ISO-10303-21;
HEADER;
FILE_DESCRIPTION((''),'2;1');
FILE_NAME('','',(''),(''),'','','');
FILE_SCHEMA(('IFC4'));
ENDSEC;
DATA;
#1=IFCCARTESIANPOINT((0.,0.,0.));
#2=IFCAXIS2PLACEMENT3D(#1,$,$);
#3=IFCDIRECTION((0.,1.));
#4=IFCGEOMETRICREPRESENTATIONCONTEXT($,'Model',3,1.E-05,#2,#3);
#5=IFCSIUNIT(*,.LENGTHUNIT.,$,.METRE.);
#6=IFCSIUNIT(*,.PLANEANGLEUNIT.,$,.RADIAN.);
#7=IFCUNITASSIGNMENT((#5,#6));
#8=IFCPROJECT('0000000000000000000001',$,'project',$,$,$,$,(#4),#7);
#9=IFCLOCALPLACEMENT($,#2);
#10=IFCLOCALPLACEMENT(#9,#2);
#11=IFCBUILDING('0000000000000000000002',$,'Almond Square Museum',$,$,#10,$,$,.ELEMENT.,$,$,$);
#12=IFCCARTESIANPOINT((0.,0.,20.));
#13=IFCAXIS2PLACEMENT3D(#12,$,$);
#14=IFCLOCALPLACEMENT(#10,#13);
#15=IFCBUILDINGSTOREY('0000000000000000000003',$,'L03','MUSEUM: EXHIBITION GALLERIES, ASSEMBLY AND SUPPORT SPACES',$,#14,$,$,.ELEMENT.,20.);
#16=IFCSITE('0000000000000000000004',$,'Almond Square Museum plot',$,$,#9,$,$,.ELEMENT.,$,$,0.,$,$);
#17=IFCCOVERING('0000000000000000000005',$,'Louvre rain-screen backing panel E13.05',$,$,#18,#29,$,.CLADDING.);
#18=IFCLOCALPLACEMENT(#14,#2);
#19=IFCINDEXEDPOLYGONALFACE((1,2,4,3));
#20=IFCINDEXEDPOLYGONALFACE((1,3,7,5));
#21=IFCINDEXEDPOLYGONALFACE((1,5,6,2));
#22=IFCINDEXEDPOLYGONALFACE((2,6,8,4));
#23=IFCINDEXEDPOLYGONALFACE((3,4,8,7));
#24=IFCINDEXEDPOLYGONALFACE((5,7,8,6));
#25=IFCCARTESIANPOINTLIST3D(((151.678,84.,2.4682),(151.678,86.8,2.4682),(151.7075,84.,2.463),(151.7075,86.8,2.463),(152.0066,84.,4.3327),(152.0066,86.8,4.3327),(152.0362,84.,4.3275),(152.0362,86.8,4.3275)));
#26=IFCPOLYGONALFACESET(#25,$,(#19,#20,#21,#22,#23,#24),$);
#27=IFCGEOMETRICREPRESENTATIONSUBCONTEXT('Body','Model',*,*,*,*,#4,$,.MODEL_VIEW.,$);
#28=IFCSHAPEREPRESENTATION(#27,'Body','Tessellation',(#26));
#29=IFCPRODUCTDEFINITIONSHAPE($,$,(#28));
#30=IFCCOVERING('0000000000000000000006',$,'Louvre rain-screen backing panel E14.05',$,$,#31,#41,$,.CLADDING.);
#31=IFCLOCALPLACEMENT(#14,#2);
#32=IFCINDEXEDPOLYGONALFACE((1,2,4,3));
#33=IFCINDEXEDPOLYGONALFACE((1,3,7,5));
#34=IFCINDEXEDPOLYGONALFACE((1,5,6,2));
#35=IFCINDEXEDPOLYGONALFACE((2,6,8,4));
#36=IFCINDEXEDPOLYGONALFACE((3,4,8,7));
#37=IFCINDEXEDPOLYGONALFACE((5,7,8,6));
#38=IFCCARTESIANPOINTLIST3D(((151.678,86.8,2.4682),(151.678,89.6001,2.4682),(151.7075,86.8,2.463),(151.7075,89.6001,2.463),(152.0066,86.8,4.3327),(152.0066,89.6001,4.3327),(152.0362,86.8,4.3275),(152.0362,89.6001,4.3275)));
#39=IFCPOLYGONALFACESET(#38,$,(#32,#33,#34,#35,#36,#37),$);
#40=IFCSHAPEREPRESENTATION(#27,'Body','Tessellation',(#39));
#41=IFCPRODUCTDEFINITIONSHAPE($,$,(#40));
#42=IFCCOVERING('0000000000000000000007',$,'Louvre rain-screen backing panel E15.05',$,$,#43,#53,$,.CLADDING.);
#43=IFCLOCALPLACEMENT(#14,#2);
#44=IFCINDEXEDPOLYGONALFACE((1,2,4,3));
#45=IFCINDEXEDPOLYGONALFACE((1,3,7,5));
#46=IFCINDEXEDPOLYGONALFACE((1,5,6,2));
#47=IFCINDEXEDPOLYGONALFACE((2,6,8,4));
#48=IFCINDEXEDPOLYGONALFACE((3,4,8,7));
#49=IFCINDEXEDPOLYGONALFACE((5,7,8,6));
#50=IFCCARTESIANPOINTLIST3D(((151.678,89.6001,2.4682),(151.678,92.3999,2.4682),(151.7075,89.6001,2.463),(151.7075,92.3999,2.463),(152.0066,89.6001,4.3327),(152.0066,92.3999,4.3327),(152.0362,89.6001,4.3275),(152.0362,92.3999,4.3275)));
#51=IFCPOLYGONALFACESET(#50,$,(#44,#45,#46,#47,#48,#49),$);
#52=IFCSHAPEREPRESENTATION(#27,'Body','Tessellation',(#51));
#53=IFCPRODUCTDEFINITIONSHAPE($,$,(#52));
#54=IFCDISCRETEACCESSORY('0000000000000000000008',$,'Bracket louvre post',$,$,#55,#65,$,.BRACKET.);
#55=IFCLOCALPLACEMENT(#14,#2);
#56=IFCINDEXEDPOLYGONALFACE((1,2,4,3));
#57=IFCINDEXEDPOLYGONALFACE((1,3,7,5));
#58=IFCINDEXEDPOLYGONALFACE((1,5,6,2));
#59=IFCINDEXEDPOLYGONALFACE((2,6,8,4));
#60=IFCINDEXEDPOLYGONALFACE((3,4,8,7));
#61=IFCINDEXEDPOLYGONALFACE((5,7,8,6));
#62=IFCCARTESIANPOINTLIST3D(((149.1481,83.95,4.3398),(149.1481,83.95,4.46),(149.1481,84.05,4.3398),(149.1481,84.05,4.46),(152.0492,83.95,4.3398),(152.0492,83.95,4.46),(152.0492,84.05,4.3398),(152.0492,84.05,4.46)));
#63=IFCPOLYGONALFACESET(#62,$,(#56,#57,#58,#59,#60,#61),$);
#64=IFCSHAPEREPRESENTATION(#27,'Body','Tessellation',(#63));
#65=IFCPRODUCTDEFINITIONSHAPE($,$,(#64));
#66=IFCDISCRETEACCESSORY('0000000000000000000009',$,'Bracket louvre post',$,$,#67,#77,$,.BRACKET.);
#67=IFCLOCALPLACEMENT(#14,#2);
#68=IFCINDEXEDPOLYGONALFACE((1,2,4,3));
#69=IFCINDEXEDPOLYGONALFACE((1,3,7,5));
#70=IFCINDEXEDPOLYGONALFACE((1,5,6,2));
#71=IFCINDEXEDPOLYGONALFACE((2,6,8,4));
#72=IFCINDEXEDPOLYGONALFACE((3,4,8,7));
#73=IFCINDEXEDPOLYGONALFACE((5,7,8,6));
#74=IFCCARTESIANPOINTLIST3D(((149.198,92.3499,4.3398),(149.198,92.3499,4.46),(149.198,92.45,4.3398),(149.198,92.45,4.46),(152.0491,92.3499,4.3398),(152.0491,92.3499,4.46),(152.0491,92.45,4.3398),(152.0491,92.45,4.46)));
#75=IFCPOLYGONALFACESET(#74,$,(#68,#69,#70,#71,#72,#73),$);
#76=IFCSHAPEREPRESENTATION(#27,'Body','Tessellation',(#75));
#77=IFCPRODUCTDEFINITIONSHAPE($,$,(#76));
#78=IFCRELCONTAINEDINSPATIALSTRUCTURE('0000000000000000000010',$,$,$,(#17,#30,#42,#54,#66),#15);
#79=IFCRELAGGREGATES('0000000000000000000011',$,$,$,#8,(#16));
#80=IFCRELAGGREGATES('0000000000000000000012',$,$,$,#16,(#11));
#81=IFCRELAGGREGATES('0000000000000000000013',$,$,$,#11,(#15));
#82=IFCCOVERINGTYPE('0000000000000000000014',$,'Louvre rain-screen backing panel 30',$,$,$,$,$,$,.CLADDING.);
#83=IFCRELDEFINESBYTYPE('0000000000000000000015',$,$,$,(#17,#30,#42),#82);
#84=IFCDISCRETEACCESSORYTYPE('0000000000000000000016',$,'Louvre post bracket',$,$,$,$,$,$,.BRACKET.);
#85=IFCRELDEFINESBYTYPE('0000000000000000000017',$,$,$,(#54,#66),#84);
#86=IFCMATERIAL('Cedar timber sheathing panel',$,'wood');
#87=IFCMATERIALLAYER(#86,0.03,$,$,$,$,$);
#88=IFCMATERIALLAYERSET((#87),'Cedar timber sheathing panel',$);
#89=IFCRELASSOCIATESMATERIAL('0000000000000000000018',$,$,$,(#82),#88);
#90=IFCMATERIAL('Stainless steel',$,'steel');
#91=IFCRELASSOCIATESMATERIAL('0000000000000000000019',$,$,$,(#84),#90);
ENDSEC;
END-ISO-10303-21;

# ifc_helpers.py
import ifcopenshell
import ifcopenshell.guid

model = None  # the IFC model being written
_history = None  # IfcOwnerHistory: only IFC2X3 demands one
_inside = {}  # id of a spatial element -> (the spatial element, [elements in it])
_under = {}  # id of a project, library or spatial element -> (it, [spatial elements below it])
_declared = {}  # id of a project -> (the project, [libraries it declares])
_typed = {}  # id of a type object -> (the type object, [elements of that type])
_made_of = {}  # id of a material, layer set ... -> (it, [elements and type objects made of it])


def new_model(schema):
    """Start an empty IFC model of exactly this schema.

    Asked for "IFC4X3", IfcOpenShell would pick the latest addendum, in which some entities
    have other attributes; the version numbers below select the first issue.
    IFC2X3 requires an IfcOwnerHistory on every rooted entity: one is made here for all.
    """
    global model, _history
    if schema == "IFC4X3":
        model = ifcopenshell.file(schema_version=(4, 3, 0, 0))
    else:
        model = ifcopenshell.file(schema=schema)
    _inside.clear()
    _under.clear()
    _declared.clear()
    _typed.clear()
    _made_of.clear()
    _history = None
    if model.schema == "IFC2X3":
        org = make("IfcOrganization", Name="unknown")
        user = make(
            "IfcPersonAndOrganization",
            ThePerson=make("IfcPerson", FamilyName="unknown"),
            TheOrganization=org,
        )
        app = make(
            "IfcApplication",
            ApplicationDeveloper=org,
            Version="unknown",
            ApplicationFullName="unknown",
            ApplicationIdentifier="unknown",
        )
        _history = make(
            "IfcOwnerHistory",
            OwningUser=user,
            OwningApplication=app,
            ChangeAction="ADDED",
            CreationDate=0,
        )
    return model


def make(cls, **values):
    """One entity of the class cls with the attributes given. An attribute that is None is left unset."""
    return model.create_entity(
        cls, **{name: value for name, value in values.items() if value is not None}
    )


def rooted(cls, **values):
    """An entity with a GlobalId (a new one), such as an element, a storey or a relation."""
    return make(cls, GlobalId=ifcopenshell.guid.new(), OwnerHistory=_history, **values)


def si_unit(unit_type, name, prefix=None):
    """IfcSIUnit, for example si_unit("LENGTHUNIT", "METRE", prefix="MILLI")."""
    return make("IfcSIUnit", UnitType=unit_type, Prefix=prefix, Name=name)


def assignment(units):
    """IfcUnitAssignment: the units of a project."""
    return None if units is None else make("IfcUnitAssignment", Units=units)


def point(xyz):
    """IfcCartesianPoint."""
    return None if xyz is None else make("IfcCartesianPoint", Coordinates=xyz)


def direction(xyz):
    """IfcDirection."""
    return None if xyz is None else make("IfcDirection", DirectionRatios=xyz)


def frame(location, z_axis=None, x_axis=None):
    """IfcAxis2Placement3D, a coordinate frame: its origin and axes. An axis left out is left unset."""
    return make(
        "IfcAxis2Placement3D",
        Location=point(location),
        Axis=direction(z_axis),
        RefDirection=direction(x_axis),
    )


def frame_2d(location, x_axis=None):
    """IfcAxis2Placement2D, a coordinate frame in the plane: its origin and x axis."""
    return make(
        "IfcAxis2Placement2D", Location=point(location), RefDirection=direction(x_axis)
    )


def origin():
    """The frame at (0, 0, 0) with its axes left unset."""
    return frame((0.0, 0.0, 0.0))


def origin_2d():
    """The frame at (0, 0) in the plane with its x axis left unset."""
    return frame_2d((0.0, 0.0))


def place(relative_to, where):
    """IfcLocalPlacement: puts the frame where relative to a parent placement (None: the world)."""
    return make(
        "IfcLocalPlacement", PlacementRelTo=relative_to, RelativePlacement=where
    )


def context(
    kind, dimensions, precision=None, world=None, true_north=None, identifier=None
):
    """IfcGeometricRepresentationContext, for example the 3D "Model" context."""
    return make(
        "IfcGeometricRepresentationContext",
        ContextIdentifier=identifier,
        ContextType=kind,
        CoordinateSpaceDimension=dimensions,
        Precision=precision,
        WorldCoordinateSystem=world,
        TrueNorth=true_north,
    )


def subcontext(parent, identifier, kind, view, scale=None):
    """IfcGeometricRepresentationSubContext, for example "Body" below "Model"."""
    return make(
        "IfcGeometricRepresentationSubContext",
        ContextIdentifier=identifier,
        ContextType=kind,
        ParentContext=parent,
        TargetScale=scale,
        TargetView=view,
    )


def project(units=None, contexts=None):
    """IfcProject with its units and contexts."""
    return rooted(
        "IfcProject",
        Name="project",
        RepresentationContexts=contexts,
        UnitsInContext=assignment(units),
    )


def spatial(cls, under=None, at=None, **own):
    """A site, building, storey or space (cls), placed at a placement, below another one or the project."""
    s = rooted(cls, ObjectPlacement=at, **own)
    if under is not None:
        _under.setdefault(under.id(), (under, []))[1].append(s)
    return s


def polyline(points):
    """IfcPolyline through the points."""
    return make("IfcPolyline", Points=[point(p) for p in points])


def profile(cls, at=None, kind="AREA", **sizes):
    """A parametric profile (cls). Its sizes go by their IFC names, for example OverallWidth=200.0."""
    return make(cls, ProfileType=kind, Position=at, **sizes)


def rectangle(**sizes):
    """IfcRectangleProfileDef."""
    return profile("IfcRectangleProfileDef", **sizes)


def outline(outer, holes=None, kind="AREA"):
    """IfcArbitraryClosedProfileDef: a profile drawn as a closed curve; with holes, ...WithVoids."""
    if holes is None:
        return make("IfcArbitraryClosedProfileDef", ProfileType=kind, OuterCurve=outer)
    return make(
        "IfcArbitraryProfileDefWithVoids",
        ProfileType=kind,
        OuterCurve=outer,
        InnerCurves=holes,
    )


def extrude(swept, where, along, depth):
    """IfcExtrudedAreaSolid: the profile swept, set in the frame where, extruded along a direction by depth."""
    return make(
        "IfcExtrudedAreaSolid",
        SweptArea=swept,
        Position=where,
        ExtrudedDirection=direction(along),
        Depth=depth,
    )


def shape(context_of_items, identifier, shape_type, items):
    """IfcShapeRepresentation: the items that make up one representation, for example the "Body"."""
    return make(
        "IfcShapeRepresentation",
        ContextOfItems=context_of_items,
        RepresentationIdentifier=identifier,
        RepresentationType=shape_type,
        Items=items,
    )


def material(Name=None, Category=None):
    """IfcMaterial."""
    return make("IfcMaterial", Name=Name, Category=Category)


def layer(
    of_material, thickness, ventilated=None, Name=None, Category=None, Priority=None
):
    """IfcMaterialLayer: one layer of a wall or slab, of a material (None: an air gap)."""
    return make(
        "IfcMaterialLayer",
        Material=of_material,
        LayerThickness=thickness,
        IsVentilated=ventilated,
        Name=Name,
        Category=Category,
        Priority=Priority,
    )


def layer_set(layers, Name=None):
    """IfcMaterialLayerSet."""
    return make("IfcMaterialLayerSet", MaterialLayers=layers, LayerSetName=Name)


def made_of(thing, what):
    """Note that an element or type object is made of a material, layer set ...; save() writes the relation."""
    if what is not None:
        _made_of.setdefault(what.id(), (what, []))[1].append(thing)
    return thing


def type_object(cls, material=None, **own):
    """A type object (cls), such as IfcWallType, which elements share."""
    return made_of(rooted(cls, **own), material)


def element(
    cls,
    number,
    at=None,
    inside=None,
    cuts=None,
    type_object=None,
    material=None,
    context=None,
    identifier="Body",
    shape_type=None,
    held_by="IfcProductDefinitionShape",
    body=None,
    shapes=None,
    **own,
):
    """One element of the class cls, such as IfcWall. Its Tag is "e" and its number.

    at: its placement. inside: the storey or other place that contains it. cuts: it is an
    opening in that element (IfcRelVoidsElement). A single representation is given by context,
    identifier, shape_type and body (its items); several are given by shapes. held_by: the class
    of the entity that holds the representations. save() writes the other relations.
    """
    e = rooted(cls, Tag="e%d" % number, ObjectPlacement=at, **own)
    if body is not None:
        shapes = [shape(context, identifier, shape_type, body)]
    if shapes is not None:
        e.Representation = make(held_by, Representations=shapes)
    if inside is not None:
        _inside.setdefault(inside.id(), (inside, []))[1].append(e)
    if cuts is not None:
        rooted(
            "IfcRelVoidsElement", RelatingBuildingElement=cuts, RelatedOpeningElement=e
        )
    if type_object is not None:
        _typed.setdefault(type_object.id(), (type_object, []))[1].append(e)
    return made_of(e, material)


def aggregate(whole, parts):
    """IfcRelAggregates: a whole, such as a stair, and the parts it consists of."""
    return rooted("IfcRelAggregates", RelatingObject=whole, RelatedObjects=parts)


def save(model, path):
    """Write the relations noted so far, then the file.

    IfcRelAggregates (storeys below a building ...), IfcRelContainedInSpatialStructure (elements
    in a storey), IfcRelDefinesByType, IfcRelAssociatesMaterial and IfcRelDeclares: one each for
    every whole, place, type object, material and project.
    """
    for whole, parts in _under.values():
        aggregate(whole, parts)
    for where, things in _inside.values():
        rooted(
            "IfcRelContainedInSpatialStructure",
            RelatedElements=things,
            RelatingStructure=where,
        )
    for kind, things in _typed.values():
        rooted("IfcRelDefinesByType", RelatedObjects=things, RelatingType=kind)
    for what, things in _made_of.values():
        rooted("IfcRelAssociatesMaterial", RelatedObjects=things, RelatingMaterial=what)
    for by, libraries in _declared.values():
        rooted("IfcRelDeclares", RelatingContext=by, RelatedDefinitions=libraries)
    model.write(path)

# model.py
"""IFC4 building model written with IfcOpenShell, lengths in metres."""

from ifc_helpers import new_model, si_unit, direction, frame, origin, origin_2d, place, context, subcontext, project, spatial, polyline, rectangle, outline, extrude, material, layer, layer_set, type_object, element, save


model = new_model("IFC4")

# Units and contexts
model_context = context("Model", 3, precision=1e-05, world=origin(), true_north=direction((0.0, 1.0)))
body_context = subcontext(model_context, "Body", "Model", "MODEL_VIEW")
ifc_project = project(units=[si_unit("LENGTHUNIT", "METRE"), si_unit("PLANEANGLEUNIT", "RADIAN")], contexts=[model_context])

# Site, building, storey
site_placement = place(None, origin())
site = spatial("IfcSite", under=ifc_project, at=site_placement, Name="Almond Square Museum plot", CompositionType="ELEMENT", RefElevation=0.0)
building_placement = place(site_placement, origin())
building = spatial("IfcBuilding", under=site, at=building_placement, Name="Almond Square Museum", CompositionType="ELEMENT")
storey_placement = place(building_placement, frame((0.0, 0.0, 20.0)))
storey = spatial("IfcBuildingStorey", under=building, at=storey_placement, Name="L03", Description="MUSEUM: EXHIBITION GALLERIES, ASSEMBLY AND SUPPORT SPACES", CompositionType="ELEMENT", Elevation=20.0)

# Coverings
ifc_material_1 = material(Name="Cedar timber sheathing panel", Category="wood")
ifc_layer_1 = layer(ifc_material_1, 0.03)
ifc_layer_set_1 = layer_set([ifc_layer_1], Name="Cedar timber sheathing panel")
covering_type = type_object("IfcCoveringType", Name="Louvre rain-screen backing panel 30", PredefinedType="CLADDING", material=ifc_layer_set_1)
for number, where, z_axis, x_axis, name in (
    (1, (151.6929, 84.0, 2.4656), (0.984821, 0.0, -0.173572), (0.0, 1.0, 0.0), "Louvre rain-screen backing panel E13.05"),
    (2, (151.6929, 86.8, 2.4656), (0.984821, 0.0, -0.173572), (0.0, 1.0, 0.0), "Louvre rain-screen backing panel E14.05"),
):
    element("IfcCovering", number, at=place(storey_placement, frame(where, z_axis=z_axis, x_axis=x_axis)), inside=storey, type_object=covering_type, Name=name, PredefinedType="CLADDING", context=body_context, shape_type="SweptSolid", body=[
        extrude(outline(polyline([(0.0, 0.0), (2.8, 0.0), (2.8, 1.8932), (0.0, 1.8932), (0.0, 0.0)])), frame((0.0, 0.0, -0.0151)), (0.0, 0.0, 1.0), 0.03),
    ])
covering_placement = place(storey_placement, frame((151.6929, 89.6001, 2.4656), z_axis=(0.984821, 0.0, -0.173572), x_axis=(0.0, 1.0, 0.0)))
element("IfcCovering", 3, at=covering_placement, inside=storey, type_object=covering_type, Name="Louvre rain-screen backing panel E15.05", PredefinedType="CLADDING", context=body_context, shape_type="SweptSolid", body=[
    extrude(outline(polyline([(0.0, 0.0), (2.7998, 0.0), (2.7998, 1.8932), (0.0, 1.8932), (0.0, 0.0)])), frame((0.0, 0.0, -0.0151)), (0.0, 0.0, 1.0), 0.03),
])

# Discrete accessories
ifc_material_2 = material(Name="Stainless steel", Category="steel")
discrete_accessory_type = type_object("IfcDiscreteAccessoryType", Name="Louvre post bracket", PredefinedType="BRACKET", material=ifc_material_2)
discrete_accessory_1_placement = place(storey_placement, frame((150.5986, 84.0, 4.3398), z_axis=(0.0, 0.0, 1.0), x_axis=(1.0, 0.0, 0.0)))
element("IfcDiscreteAccessory", 4, at=discrete_accessory_1_placement, inside=storey, type_object=discrete_accessory_type, Name="Bracket louvre post", PredefinedType="BRACKET", context=body_context, shape_type="SweptSolid", body=[
    extrude(rectangle(XDim=2.9011, YDim=0.1001, at=origin_2d()), origin(), (0.0, 0.0, 1.0), 0.1201),
])
discrete_accessory_2_placement = place(storey_placement, frame((150.6235, 92.3999, 4.3398), z_axis=(0.0, 0.0, 1.0), x_axis=(1.0, 0.0, 0.0)))
element("IfcDiscreteAccessory", 5, at=discrete_accessory_2_placement, inside=storey, type_object=discrete_accessory_type, Name="Bracket louvre post", PredefinedType="BRACKET", context=body_context, shape_type="SweptSolid", body=[
    extrude(rectangle(XDim=2.8511, YDim=0.1001, at=origin_2d()), origin(), (0.0, 0.0, 1.0), 0.1201),
])

save(model, "model.ifc")
